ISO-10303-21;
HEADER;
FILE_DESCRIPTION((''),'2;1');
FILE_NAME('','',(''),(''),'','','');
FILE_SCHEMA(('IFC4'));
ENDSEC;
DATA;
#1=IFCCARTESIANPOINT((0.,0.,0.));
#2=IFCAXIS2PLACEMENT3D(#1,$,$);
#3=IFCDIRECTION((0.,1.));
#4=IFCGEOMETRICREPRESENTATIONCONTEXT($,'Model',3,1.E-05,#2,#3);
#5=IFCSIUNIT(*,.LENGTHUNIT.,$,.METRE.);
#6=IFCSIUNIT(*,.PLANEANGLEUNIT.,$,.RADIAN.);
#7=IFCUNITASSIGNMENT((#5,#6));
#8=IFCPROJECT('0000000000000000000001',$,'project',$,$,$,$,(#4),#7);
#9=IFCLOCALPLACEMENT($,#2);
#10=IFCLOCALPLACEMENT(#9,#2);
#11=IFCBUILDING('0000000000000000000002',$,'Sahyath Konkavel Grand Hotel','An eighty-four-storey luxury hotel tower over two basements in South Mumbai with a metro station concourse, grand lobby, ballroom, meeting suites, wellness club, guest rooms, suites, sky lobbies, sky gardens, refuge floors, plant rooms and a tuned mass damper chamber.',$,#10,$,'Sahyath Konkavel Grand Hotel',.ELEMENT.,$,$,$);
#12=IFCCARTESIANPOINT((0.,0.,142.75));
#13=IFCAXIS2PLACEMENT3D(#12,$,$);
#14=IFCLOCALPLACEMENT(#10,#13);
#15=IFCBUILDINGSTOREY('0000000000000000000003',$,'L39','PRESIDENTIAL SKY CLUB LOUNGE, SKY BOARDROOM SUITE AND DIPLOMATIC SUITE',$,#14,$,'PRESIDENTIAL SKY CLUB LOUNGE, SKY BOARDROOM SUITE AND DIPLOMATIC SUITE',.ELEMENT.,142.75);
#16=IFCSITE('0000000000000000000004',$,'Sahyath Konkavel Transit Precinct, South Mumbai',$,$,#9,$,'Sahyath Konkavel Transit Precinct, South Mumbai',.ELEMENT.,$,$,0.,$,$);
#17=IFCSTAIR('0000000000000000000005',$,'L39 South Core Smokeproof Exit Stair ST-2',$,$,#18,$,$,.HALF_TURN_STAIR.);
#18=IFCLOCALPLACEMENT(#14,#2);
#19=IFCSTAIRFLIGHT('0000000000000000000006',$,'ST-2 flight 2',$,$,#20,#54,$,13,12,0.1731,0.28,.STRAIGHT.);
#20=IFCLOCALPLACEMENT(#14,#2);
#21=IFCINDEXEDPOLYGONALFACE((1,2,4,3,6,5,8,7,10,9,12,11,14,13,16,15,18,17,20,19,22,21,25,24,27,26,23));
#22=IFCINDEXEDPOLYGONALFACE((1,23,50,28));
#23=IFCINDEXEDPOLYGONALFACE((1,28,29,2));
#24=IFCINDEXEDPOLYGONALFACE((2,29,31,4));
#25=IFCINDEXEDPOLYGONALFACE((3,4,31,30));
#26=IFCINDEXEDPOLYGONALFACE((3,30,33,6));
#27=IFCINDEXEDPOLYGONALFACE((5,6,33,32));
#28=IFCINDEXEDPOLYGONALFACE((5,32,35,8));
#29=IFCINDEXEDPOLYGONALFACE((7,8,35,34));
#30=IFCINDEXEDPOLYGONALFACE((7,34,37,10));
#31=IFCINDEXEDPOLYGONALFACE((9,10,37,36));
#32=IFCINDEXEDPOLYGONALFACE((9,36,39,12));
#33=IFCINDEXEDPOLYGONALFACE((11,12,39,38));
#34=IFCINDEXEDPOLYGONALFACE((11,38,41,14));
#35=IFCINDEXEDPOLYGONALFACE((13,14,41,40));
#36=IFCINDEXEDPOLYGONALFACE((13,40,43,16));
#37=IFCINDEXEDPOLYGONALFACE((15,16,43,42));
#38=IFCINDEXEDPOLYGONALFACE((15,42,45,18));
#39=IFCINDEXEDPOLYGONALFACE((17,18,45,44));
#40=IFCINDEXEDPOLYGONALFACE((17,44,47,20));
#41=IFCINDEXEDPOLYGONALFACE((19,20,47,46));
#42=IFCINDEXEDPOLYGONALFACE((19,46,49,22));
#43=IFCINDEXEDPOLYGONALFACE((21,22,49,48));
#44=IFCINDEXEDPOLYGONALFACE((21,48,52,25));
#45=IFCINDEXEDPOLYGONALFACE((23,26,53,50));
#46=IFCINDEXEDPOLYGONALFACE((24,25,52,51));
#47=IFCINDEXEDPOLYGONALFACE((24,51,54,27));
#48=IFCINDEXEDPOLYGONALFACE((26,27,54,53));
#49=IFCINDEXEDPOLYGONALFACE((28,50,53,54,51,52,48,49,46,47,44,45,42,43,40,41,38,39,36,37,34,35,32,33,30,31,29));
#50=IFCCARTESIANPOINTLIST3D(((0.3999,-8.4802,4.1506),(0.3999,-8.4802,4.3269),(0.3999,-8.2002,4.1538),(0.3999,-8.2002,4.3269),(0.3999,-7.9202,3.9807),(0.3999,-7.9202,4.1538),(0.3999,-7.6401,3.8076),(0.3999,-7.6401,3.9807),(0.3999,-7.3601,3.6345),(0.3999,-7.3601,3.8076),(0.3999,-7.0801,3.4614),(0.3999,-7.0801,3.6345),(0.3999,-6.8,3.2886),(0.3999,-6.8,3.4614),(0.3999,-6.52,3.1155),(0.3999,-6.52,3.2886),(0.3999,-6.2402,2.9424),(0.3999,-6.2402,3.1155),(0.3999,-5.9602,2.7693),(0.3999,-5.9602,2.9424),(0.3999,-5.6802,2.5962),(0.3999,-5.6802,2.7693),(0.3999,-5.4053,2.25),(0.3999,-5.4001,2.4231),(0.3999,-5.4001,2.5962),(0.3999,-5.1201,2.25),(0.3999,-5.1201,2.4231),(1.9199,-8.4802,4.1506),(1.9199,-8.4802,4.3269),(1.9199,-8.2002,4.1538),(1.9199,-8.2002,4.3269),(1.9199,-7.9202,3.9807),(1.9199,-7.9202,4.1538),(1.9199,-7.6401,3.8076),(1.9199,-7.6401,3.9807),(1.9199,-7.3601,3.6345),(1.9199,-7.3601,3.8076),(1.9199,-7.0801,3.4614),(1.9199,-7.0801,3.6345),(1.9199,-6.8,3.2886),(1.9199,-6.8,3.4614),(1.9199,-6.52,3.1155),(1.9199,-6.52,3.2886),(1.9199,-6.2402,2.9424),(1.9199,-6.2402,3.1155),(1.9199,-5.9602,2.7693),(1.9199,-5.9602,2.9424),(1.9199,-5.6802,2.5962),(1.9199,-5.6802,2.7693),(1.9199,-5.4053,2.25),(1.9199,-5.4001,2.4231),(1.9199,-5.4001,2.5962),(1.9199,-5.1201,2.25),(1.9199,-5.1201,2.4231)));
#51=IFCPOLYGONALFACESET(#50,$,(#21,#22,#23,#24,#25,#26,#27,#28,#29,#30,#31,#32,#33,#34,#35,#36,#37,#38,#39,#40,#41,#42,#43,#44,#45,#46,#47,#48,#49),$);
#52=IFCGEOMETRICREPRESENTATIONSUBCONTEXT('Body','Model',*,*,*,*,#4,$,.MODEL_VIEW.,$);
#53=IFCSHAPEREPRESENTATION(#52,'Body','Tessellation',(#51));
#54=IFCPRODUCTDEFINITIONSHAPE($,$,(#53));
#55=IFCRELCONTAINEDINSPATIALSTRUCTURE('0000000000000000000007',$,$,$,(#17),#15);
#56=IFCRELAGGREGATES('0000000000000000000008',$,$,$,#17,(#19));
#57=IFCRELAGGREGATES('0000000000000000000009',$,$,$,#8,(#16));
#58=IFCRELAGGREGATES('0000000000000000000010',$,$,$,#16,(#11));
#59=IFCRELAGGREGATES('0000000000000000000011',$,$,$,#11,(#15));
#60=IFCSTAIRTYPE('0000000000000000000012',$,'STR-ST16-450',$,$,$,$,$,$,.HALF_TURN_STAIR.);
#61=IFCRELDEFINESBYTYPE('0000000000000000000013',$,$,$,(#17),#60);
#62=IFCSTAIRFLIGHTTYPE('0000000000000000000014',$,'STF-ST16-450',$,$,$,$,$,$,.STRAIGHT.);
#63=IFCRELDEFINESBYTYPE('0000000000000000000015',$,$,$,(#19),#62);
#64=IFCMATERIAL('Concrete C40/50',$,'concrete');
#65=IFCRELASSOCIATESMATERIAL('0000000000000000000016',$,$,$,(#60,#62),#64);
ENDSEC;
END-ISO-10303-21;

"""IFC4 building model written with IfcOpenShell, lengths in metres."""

from ifc_helpers import new_model, si_unit, direction, frame, origin, place, context, subcontext, project, spatial, polyline, outline, extrude, material, type_object, element, aggregate, save


model = new_model("IFC4")

# Units and contexts
model_context = context("Model", 3, precision=1e-05, world=origin(), true_north=direction((0.0, 1.0)))
body_context = subcontext(model_context, "Body", "Model", "MODEL_VIEW")
ifc_project = project(units=[si_unit("LENGTHUNIT", "METRE"), si_unit("PLANEANGLEUNIT", "RADIAN")], contexts=[model_context])

# Site, building, storey
site_placement = place(None, origin())
site = spatial("IfcSite", under=ifc_project, at=site_placement, Name="Sahyath Konkavel Transit Precinct, South Mumbai", LongName="Sahyath Konkavel Transit Precinct, South Mumbai", CompositionType="ELEMENT", RefElevation=0.0)
building_placement = place(site_placement, origin())
building = spatial("IfcBuilding", under=site, at=building_placement, Name="Sahyath Konkavel Grand Hotel", Description="An eighty-four-storey luxury hotel tower over two basements in South Mumbai with a metro station concourse, grand lobby, ballroom, meeting suites, wellness club, guest rooms, suites, sky lobbies, sky gardens, refuge floors, plant rooms and a tuned mass damper chamber.", LongName="Sahyath Konkavel Grand Hotel", CompositionType="ELEMENT")
storey_placement = place(building_placement, frame((0.0, 0.0, 142.75)))
storey = spatial("IfcBuildingStorey", under=building, at=storey_placement, Name="L39", Description="PRESIDENTIAL SKY CLUB LOUNGE, SKY BOARDROOM SUITE AND DIPLOMATIC SUITE", LongName="PRESIDENTIAL SKY CLUB LOUNGE, SKY BOARDROOM SUITE AND DIPLOMATIC SUITE", CompositionType="ELEMENT", Elevation=142.75)

# Shared definitions
ifc_material_1 = material(Name="Concrete C40/50", Category="concrete")

# Stair, stair flight
stair_type = type_object("IfcStairType", Name="STR-ST16-450", PredefinedType="HALF_TURN_STAIR", material=ifc_material_1)
stair_placement = place(storey_placement, origin())
stair = element("IfcStair", 1, at=stair_placement, inside=storey, type_object=stair_type, Name="L39 South Core Smokeproof Exit Stair ST-2", PredefinedType="HALF_TURN_STAIR")
stair_flight_type = type_object("IfcStairFlightType", Name="STF-ST16-450", PredefinedType="STRAIGHT", material=ifc_material_1)
stair_flight_1_placement = place(storey_placement, frame((1.1599, -5.1201, 2.25), z_axis=(0.0, 0.0, 1.0), x_axis=(0.0, -1.0, 0.0)))
stair_flight_1 = element("IfcStairFlight", 2, at=stair_flight_1_placement, type_object=stair_flight_type, Name="ST-2 flight 2", NumberOfRisers=13, NumberOfTreads=12, PredefinedType="STRAIGHT", RiserHeight=0.1731, TreadLength=0.28, context=body_context, shape_type="SweptSolid", body=[
    extrude(outline(polyline([(0.0, 0.0), (0.0, 0.1731), (0.28, 0.1731), (0.28, 0.3462), (0.5601, 0.3462), (0.5601, 0.5193), (0.8401, 0.5193), (0.8401, 0.6924), (1.1201, 0.6924), (1.1201, 0.8655), (1.3999, 0.8655), (1.3999, 1.0386), (1.6799, 1.0386), (1.6799, 1.2114), (1.96, 1.2114), (1.96, 1.3845), (2.24, 1.3845), (2.24, 1.5576), (2.52, 1.5576), (2.52, 1.7307), (2.8, 1.7307), (2.8, 1.9038), (3.0801, 1.9038), (3.0801, 2.0769), (3.3601, 2.0769), (3.3601, 2.25), (3.3601, 1.9006), (0.2852, 0.0), (0.0, 0.0)])), frame((0.0, 0.76, 0.0), z_axis=(0.0, -1.0, 0.0), x_axis=(1.0, 0.0, 0.0)), (0.0, 0.0, 1.0), 1.52),
])
aggregate(stair, [stair_flight_1])

save(model, "model.ifc")
